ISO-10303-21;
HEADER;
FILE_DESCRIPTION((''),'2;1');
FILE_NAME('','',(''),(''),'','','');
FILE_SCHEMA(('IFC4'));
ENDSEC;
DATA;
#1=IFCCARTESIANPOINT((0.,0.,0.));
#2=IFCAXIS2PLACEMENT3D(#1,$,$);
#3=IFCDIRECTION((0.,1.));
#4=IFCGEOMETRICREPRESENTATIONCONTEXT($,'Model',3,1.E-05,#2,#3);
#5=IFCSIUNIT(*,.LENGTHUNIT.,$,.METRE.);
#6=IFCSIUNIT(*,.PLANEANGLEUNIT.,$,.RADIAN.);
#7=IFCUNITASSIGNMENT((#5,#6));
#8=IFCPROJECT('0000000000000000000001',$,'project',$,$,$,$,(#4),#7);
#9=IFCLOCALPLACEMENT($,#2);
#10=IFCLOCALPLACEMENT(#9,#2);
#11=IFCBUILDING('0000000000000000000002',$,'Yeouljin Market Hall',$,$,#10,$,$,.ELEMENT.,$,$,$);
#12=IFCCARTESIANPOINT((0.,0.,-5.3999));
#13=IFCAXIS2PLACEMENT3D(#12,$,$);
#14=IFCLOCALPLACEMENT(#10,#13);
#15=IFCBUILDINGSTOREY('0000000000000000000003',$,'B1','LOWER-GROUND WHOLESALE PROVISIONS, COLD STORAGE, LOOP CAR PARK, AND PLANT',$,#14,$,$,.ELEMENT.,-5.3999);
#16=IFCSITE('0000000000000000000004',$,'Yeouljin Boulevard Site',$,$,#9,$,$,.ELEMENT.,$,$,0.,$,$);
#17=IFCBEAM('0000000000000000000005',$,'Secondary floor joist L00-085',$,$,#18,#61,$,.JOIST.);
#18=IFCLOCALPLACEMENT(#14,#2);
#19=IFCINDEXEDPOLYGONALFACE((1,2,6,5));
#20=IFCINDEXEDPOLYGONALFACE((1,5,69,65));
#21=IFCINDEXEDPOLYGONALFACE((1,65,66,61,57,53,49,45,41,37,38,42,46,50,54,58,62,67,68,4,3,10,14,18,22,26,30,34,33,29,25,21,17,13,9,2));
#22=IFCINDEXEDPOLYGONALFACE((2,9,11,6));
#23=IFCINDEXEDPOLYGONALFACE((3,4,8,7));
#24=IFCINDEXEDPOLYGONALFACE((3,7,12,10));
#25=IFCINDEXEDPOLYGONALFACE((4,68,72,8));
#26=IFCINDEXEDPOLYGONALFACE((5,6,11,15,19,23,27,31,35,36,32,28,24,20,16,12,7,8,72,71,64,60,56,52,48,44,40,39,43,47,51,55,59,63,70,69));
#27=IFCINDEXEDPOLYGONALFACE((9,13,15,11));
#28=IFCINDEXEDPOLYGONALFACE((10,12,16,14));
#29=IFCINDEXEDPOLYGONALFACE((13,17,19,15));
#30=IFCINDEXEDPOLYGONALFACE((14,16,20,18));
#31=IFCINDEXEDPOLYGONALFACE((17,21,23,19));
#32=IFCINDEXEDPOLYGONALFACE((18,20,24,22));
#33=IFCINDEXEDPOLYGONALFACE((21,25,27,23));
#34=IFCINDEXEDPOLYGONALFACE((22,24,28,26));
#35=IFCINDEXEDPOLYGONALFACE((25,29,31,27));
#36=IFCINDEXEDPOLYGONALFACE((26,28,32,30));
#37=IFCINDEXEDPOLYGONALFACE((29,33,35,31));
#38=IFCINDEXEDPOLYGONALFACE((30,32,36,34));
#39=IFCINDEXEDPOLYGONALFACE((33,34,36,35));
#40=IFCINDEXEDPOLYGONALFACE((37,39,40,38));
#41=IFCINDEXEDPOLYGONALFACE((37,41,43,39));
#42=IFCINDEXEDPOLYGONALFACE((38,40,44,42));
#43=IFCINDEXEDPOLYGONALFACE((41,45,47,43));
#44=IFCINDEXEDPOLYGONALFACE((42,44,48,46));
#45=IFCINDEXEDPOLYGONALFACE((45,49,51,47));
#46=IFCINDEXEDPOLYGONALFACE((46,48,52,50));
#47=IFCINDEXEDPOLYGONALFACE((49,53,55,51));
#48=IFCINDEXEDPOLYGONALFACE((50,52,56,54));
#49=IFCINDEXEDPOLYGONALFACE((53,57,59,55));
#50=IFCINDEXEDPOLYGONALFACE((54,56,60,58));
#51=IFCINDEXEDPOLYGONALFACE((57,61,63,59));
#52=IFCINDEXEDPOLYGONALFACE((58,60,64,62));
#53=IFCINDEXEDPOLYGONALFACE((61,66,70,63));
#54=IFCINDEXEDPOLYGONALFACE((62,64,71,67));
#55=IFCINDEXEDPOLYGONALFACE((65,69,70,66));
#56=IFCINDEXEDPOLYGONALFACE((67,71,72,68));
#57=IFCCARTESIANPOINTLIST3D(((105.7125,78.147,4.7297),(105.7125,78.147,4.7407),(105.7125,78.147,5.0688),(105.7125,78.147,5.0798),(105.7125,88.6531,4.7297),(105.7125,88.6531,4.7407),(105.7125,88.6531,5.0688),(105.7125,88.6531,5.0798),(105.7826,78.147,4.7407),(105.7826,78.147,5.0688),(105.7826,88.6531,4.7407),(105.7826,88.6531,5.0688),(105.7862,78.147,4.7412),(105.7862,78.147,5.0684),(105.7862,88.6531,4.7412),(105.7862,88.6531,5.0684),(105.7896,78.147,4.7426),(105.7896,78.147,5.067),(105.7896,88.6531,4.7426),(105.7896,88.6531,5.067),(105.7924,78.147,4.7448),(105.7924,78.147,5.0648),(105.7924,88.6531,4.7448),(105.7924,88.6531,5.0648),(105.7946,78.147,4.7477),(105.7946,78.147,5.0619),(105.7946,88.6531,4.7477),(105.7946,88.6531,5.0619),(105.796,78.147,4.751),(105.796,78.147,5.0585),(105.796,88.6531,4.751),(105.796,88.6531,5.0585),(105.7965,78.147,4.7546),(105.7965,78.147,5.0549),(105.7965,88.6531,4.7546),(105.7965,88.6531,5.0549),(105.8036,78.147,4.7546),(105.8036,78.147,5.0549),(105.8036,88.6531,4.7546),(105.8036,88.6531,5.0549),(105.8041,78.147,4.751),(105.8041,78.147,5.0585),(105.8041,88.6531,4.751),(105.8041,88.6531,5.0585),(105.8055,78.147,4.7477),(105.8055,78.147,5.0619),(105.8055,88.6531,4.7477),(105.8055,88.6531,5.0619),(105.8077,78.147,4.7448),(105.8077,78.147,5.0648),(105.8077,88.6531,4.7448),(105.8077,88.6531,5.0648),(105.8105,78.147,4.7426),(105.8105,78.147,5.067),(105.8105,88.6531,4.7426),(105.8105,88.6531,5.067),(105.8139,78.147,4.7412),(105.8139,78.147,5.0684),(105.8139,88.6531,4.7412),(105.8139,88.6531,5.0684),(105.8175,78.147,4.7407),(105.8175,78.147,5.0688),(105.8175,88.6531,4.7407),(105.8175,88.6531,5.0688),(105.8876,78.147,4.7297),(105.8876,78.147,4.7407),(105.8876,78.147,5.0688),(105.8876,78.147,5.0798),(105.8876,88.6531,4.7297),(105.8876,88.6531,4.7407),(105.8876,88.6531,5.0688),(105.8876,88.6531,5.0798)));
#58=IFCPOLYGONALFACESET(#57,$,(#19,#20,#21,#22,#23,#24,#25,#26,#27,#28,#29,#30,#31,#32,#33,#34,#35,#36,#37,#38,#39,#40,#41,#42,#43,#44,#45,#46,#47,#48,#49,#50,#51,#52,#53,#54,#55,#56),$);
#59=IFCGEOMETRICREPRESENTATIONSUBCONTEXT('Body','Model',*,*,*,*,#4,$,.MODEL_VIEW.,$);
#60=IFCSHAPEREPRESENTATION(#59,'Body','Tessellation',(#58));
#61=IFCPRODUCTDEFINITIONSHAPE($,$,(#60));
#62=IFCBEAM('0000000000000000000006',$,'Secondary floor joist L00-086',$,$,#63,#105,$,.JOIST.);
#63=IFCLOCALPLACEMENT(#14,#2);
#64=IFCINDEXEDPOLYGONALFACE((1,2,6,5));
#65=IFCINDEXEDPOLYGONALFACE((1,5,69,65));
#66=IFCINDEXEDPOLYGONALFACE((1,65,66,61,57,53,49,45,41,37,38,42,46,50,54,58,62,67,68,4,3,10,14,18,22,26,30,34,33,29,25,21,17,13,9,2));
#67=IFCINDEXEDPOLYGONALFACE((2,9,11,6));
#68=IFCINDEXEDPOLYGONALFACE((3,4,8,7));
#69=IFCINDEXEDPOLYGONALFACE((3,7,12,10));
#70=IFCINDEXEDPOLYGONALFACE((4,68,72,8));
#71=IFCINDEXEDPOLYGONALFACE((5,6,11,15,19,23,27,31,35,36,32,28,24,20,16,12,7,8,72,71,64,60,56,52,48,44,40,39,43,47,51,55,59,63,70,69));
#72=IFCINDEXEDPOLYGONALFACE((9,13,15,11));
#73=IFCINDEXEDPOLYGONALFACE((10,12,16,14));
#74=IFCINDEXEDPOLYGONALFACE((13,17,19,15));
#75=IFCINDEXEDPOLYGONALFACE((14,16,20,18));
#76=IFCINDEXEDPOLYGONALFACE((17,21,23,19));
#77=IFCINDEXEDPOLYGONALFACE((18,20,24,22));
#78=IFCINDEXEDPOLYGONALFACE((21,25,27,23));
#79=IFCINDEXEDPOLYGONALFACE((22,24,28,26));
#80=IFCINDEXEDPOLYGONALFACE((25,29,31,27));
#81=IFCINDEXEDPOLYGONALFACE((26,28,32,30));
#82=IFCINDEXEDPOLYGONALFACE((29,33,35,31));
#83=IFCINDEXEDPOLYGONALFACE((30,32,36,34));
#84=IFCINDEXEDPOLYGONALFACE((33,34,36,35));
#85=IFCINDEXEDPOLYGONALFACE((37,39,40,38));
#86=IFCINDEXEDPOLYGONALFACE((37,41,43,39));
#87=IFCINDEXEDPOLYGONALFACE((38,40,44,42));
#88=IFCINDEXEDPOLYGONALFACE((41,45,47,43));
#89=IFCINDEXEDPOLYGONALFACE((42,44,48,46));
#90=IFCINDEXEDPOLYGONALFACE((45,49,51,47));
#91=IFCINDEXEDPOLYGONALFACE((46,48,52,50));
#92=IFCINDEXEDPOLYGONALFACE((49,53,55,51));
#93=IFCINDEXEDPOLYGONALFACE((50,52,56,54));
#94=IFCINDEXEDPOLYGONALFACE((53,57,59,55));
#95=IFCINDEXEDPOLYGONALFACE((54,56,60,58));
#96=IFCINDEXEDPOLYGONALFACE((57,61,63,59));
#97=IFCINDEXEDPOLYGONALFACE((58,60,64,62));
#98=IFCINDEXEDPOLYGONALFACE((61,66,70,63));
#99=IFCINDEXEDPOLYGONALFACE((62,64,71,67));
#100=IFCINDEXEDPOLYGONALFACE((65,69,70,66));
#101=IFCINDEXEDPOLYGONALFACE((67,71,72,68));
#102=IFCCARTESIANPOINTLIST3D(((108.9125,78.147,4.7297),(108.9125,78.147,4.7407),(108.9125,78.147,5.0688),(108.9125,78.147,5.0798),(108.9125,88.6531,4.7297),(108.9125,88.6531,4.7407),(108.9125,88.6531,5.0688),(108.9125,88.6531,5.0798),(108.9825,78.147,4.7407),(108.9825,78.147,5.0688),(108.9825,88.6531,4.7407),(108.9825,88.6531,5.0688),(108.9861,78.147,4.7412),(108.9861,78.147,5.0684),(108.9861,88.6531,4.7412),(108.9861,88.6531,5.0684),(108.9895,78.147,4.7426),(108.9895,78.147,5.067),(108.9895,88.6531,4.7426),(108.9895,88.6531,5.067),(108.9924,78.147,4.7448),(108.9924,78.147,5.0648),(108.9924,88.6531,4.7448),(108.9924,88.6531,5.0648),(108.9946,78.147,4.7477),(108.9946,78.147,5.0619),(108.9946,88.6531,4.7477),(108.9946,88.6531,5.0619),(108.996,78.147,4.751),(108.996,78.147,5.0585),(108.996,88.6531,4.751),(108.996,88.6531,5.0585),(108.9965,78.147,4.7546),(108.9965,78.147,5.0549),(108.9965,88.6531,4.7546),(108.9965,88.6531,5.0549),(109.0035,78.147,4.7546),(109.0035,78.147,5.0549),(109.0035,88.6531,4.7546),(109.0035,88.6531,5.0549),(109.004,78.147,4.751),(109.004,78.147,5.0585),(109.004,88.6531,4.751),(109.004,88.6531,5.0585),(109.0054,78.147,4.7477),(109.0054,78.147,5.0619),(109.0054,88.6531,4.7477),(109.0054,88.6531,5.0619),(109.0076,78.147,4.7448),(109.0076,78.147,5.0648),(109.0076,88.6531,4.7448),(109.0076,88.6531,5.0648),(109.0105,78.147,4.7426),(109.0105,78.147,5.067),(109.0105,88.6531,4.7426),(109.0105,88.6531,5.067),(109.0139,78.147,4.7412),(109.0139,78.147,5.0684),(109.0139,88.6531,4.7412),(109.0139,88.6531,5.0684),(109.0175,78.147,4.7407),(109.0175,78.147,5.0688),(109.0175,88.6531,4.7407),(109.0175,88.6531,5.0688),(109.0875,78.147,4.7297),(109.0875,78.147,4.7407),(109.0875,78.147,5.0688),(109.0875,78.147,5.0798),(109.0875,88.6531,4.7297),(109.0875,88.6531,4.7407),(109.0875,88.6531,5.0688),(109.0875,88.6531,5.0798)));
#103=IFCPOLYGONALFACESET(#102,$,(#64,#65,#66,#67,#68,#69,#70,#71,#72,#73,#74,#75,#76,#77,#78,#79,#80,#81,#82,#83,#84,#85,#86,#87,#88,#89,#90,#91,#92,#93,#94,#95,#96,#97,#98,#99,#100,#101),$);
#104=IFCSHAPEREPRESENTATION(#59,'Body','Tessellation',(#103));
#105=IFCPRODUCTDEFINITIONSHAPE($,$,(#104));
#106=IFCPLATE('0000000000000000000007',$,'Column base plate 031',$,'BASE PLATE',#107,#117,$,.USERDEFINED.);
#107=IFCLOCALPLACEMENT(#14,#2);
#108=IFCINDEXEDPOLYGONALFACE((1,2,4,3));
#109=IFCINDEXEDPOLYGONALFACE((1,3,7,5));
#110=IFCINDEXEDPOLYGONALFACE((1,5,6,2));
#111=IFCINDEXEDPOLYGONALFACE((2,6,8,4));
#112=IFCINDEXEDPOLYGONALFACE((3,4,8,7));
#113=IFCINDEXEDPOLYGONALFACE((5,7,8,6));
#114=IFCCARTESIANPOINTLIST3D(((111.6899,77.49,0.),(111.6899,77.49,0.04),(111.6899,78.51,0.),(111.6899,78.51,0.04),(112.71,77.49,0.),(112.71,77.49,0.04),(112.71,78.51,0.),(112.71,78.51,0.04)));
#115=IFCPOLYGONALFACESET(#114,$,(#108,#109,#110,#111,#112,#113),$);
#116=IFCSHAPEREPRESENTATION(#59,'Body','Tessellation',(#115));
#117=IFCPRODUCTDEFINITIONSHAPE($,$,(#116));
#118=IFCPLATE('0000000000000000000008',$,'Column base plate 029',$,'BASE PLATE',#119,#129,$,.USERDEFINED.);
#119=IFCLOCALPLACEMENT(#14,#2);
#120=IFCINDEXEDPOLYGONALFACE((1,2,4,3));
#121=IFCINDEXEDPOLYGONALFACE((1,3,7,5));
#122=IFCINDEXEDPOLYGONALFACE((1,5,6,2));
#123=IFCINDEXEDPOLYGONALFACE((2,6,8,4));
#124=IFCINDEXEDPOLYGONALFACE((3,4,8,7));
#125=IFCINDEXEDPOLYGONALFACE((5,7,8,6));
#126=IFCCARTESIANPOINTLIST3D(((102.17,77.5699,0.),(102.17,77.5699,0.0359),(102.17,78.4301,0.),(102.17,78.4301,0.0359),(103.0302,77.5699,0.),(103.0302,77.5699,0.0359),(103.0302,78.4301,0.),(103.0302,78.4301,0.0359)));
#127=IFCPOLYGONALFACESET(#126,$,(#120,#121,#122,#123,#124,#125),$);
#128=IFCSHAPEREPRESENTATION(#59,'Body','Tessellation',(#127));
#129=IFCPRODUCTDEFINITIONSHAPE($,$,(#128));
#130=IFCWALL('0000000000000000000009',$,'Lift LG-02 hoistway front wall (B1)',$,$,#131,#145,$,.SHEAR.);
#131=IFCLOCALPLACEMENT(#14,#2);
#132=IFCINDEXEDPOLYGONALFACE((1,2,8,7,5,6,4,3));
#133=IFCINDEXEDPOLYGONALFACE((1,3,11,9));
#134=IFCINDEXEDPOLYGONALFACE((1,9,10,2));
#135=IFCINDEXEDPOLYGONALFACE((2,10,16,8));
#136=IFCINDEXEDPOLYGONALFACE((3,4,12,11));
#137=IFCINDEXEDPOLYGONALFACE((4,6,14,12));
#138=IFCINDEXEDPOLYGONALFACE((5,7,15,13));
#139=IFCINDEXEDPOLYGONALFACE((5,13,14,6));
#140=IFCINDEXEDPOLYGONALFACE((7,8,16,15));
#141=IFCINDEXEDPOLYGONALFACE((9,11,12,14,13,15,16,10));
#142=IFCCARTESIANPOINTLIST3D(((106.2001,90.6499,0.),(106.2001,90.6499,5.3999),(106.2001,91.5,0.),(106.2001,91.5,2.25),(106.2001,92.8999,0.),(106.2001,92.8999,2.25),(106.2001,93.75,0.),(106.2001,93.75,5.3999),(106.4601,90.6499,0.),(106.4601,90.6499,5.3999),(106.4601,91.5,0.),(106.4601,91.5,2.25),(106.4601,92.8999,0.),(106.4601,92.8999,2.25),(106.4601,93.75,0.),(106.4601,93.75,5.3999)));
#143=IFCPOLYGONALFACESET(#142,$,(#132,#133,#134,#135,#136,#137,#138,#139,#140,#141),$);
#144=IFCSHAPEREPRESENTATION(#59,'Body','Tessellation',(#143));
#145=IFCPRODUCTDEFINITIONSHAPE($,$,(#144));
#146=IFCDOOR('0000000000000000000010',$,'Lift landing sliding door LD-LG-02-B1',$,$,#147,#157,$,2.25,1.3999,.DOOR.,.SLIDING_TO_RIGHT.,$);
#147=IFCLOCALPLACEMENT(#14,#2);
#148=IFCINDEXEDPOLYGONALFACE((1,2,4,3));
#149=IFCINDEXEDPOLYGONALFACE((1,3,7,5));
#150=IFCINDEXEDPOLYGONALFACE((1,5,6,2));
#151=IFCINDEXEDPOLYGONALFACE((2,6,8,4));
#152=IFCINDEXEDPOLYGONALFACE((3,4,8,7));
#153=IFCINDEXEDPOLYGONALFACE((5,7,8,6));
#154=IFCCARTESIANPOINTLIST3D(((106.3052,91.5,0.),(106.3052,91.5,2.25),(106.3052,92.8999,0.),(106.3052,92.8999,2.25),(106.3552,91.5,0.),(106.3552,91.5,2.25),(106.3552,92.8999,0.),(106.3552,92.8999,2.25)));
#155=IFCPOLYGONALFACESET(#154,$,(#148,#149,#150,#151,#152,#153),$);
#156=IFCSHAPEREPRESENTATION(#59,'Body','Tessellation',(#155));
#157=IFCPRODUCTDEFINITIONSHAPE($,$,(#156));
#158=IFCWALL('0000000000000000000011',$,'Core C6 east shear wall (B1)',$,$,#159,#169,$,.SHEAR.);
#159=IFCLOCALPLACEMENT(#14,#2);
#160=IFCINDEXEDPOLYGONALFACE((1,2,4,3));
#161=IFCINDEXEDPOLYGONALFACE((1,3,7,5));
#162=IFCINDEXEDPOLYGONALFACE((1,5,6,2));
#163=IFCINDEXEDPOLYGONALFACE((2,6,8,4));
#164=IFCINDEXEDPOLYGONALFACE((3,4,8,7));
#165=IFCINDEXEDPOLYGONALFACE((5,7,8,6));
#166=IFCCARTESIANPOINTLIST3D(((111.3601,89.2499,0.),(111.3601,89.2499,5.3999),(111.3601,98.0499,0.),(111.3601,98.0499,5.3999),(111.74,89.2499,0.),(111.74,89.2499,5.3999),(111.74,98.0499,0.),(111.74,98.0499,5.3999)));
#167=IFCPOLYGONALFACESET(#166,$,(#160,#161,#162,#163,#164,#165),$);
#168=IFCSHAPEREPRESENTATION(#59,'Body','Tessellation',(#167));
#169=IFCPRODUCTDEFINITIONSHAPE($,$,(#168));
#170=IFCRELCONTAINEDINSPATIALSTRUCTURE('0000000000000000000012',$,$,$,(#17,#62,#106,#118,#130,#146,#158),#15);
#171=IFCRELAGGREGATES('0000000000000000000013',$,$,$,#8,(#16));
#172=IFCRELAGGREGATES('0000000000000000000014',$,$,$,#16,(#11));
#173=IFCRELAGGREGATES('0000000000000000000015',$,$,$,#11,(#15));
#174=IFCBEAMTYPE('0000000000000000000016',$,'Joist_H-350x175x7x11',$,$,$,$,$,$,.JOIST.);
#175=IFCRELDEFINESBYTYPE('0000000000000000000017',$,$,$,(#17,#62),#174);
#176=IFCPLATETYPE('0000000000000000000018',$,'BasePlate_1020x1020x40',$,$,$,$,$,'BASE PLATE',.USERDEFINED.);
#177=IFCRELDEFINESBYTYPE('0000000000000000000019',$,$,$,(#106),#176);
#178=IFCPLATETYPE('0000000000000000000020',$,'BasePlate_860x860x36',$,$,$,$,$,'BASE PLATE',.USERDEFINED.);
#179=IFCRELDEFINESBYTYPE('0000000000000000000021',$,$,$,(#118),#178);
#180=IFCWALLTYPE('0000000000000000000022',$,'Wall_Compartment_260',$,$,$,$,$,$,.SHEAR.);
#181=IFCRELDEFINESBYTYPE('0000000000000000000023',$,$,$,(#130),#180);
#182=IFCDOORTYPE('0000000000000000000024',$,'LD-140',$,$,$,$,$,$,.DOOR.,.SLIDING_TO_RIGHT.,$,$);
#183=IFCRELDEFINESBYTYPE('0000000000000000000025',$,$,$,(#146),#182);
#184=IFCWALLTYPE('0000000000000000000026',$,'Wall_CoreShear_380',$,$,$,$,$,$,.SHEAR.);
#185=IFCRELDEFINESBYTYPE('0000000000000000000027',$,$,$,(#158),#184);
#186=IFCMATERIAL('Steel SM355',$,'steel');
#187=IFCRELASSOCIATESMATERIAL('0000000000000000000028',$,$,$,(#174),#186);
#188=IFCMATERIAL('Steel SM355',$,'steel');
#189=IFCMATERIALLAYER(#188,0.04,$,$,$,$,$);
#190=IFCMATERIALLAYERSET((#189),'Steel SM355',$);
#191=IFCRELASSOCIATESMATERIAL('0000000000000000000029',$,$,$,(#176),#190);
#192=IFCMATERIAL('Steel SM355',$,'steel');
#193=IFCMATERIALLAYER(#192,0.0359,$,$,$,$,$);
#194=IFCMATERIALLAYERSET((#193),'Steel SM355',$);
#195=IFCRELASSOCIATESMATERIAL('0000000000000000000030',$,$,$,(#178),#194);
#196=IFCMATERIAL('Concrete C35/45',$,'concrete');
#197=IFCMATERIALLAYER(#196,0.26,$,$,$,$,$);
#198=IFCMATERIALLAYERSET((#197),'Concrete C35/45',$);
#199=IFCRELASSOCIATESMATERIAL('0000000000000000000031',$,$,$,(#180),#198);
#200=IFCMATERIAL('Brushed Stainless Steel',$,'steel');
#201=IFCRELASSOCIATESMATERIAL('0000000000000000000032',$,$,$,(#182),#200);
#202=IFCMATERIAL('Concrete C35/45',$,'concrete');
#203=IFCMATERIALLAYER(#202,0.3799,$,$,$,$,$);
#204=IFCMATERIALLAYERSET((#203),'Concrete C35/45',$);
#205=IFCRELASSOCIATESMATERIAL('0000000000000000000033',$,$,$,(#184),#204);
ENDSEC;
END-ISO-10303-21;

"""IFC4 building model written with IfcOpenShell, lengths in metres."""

from ifc_helpers import new_model, si_unit, direction, frame, frame_2d, origin, origin_2d, place, context, subcontext, project, spatial, rectangle, i_section, extrude, material, layer, layer_set, material_profile, profile_set, type_object, element, fill, save


model = new_model("IFC4")

# Units and contexts
model_context = context("Model", 3, precision=1e-05, world=origin(), true_north=direction((0.0, 1.0)))
body_context = subcontext(model_context, "Body", "Model", "MODEL_VIEW")
ifc_project = project(units=[si_unit("LENGTHUNIT", "METRE"), si_unit("PLANEANGLEUNIT", "RADIAN")], contexts=[model_context])

# Site, building, storey
site_placement = place(None, origin())
site = spatial("IfcSite", under=ifc_project, at=site_placement, Name="Yeouljin Boulevard Site", CompositionType="ELEMENT", RefElevation=0.0)
building_placement = place(site_placement, origin())
building = spatial("IfcBuilding", under=site, at=building_placement, Name="Yeouljin Market Hall", CompositionType="ELEMENT")
storey_placement = place(building_placement, frame((0.0, 0.0, -5.3999)))
storey = spatial("IfcBuildingStorey", under=building, at=storey_placement, Name="B1", Description="LOWER-GROUND WHOLESALE PROVISIONS, COLD STORAGE, LOOP CAR PARK, AND PLANT", CompositionType="ELEMENT", Elevation=-5.3999)

# Beams
ifc_material_1 = material(Name="Steel SM355", Category="steel")
ifc_material_profile_1 = material_profile(ifc_material_1, i_section(OverallWidth=0.175, OverallDepth=0.3501, WebThickness=0.0071, FlangeThickness=0.011, FilletRadius=0.0139, at=origin_2d()), Name="H-350x175x7x11")
ifc_profile_set_1 = profile_set([ifc_material_profile_1], Name="Steel SM355")
beam_type_1 = type_object("IfcBeamType", Name="Joist_H-350x175x7x11", PredefinedType="JOIST", material=ifc_profile_set_1)
for number, where, z_axis, x_axis, name in (
    (1, (105.8, 78.147, 4.9048), (0.0, 1.0, 0.0), (-1.0, 0.0, 0.0), "Secondary floor joist L00-085"),
    (2, (109.0, 78.147, 4.9048), (0.0, 1.0, 0.0), (-1.0, 0.0, 0.0), "Secondary floor joist L00-086"),
):
    element("IfcBeam", number, at=place(storey_placement, frame(where, z_axis=z_axis, x_axis=x_axis)), inside=storey, type_object=beam_type_1, Name=name, PredefinedType="JOIST", context=body_context, shape_type="SweptSolid", body=[
        extrude(i_section(OverallWidth=0.175, OverallDepth=0.3501, WebThickness=0.0071, FlangeThickness=0.011, FilletRadius=0.0139, at=origin_2d()), origin(), (0.0, 0.0, 1.0), 10.5061),
    ])

# Plates
ifc_material_2 = material(Name="Steel SM355", Category="steel")
ifc_layer_1 = layer(ifc_material_2, 0.04)
ifc_layer_set_1 = layer_set([ifc_layer_1], Name="Steel SM355")
plate_type_1 = type_object("IfcPlateType", Name="BasePlate_1020x1020x40", ElementType="BASE PLATE", PredefinedType="USERDEFINED", material=ifc_layer_set_1)
plate_1_placement = place(storey_placement, frame((112.2, 78.0, 0.0), z_axis=(0.0, 0.0, 1.0), x_axis=(1.0, 0.0, 0.0)))
element("IfcPlate", 3, at=plate_1_placement, inside=storey, type_object=plate_type_1, Name="Column base plate 031", ObjectType="BASE PLATE", PredefinedType="USERDEFINED", context=body_context, shape_type="SweptSolid", body=[
    extrude(rectangle(XDim=1.02, YDim=1.02, at=origin_2d()), origin(), (0.0, 0.0, 1.0), 0.04),
])
ifc_material_3 = material(Name="Steel SM355", Category="steel")
ifc_layer_2 = layer(ifc_material_3, 0.0359)
ifc_layer_set_2 = layer_set([ifc_layer_2], Name="Steel SM355")
plate_type_2 = type_object("IfcPlateType", Name="BasePlate_860x860x36", ElementType="BASE PLATE", PredefinedType="USERDEFINED", material=ifc_layer_set_2)
plate_2_placement = place(storey_placement, frame((102.6001, 78.0, 0.0), z_axis=(0.0, 0.0, 1.0), x_axis=(1.0, 0.0, 0.0)))
element("IfcPlate", 4, at=plate_2_placement, inside=storey, type_object=plate_type_2, Name="Column base plate 029", ObjectType="BASE PLATE", PredefinedType="USERDEFINED", context=body_context, shape_type="SweptSolid", body=[
    extrude(rectangle(XDim=0.8601, YDim=0.8601, at=origin_2d()), origin(), (0.0, 0.0, 1.0), 0.0359),
])

# Wall, opening, door
ifc_material_4 = material(Name="Concrete C35/45", Category="concrete")
ifc_layer_3 = layer(ifc_material_4, 0.26)
ifc_layer_set_3 = layer_set([ifc_layer_3], Name="Concrete C35/45")
wall_type_1 = type_object("IfcWallType", Name="Wall_Compartment_260", PredefinedType="SHEAR", material=ifc_layer_set_3)
wall_1_placement = place(storey_placement, frame((106.3301, 90.6499, 0.0), z_axis=(0.0, 0.0, 1.0), x_axis=(0.0, 1.0, 0.0)))
wall_1 = element("IfcWall", 5, at=wall_1_placement, inside=storey, type_object=wall_type_1, Name="Lift LG-02 hoistway front wall (B1)", PredefinedType="SHEAR", context=body_context, shape_type="SweptSolid", body=[
    extrude(rectangle(XDim=3.1001, YDim=0.26, at=frame_2d((1.55, 0.0))), origin(), (0.0, 0.0, 1.0), 5.3999),
])
opening_1_placement = place(wall_1_placement, frame((0.8501, 0.0, 0.0)))
opening_1 = element("IfcOpeningElement", 6, at=opening_1_placement, cuts=wall_1, PredefinedType="OPENING", context=body_context, shape_type="SweptSolid", body=[
    extrude(rectangle(XDim=1.3999, YDim=2.25, at=frame_2d((0.7, 1.125))), frame((0.0, 0.1399, 0.0), z_axis=(0.0, -1.0, 0.0), x_axis=(1.0, 0.0, 0.0)), (0.0, 0.0, 1.0), 0.28),
])
ifc_material_5 = material(Name="Brushed Stainless Steel", Category="steel")
door_type_1 = type_object("IfcDoorType", Name="LD-140", OperationType="SLIDING_TO_RIGHT", PredefinedType="DOOR", material=ifc_material_5)
door_1_placement = place(opening_1_placement, origin())
door_1 = element("IfcDoor", 7, at=door_1_placement, inside=storey, type_object=door_type_1, Name="Lift landing sliding door LD-LG-02-B1", OperationType="SLIDING_TO_RIGHT", OverallHeight=2.25, OverallWidth=1.3999, PredefinedType="DOOR", context=body_context, shape_type="SweptSolid", body=[
    extrude(rectangle(XDim=1.3999, YDim=2.25, at=frame_2d((0.7, 1.125))), frame((0.0, 0.0249, 0.0), z_axis=(0.0, -1.0, 0.0), x_axis=(1.0, 0.0, 0.0)), (0.0, 0.0, 1.0), 0.05),
])
fill(opening_1, door_1)

# Shared definitions
ifc_material_6 = material(Name="Concrete C35/45", Category="concrete")
ifc_layer_4 = layer(ifc_material_6, 0.3799)
ifc_layer_set_4 = layer_set([ifc_layer_4], Name="Concrete C35/45")
wall_type_2 = type_object("IfcWallType", Name="Wall_CoreShear_380", PredefinedType="SHEAR", material=ifc_layer_set_4)

# Wall
wall_2_placement = place(storey_placement, frame((111.55, 89.25, 0.0), z_axis=(0.0, 0.0, 1.0), x_axis=(0.0, 1.0, 0.0)))
element("IfcWall", 8, at=wall_2_placement, inside=storey, type_object=wall_type_2, Name="Core C6 east shear wall (B1)", PredefinedType="SHEAR", context=body_context, shape_type="SweptSolid", body=[
    extrude(rectangle(XDim=8.8, YDim=0.3799, at=frame_2d((4.3999, 0.0))), origin(), (0.0, 0.0, 1.0), 5.3999),
])

save(model, "model.ifc")
